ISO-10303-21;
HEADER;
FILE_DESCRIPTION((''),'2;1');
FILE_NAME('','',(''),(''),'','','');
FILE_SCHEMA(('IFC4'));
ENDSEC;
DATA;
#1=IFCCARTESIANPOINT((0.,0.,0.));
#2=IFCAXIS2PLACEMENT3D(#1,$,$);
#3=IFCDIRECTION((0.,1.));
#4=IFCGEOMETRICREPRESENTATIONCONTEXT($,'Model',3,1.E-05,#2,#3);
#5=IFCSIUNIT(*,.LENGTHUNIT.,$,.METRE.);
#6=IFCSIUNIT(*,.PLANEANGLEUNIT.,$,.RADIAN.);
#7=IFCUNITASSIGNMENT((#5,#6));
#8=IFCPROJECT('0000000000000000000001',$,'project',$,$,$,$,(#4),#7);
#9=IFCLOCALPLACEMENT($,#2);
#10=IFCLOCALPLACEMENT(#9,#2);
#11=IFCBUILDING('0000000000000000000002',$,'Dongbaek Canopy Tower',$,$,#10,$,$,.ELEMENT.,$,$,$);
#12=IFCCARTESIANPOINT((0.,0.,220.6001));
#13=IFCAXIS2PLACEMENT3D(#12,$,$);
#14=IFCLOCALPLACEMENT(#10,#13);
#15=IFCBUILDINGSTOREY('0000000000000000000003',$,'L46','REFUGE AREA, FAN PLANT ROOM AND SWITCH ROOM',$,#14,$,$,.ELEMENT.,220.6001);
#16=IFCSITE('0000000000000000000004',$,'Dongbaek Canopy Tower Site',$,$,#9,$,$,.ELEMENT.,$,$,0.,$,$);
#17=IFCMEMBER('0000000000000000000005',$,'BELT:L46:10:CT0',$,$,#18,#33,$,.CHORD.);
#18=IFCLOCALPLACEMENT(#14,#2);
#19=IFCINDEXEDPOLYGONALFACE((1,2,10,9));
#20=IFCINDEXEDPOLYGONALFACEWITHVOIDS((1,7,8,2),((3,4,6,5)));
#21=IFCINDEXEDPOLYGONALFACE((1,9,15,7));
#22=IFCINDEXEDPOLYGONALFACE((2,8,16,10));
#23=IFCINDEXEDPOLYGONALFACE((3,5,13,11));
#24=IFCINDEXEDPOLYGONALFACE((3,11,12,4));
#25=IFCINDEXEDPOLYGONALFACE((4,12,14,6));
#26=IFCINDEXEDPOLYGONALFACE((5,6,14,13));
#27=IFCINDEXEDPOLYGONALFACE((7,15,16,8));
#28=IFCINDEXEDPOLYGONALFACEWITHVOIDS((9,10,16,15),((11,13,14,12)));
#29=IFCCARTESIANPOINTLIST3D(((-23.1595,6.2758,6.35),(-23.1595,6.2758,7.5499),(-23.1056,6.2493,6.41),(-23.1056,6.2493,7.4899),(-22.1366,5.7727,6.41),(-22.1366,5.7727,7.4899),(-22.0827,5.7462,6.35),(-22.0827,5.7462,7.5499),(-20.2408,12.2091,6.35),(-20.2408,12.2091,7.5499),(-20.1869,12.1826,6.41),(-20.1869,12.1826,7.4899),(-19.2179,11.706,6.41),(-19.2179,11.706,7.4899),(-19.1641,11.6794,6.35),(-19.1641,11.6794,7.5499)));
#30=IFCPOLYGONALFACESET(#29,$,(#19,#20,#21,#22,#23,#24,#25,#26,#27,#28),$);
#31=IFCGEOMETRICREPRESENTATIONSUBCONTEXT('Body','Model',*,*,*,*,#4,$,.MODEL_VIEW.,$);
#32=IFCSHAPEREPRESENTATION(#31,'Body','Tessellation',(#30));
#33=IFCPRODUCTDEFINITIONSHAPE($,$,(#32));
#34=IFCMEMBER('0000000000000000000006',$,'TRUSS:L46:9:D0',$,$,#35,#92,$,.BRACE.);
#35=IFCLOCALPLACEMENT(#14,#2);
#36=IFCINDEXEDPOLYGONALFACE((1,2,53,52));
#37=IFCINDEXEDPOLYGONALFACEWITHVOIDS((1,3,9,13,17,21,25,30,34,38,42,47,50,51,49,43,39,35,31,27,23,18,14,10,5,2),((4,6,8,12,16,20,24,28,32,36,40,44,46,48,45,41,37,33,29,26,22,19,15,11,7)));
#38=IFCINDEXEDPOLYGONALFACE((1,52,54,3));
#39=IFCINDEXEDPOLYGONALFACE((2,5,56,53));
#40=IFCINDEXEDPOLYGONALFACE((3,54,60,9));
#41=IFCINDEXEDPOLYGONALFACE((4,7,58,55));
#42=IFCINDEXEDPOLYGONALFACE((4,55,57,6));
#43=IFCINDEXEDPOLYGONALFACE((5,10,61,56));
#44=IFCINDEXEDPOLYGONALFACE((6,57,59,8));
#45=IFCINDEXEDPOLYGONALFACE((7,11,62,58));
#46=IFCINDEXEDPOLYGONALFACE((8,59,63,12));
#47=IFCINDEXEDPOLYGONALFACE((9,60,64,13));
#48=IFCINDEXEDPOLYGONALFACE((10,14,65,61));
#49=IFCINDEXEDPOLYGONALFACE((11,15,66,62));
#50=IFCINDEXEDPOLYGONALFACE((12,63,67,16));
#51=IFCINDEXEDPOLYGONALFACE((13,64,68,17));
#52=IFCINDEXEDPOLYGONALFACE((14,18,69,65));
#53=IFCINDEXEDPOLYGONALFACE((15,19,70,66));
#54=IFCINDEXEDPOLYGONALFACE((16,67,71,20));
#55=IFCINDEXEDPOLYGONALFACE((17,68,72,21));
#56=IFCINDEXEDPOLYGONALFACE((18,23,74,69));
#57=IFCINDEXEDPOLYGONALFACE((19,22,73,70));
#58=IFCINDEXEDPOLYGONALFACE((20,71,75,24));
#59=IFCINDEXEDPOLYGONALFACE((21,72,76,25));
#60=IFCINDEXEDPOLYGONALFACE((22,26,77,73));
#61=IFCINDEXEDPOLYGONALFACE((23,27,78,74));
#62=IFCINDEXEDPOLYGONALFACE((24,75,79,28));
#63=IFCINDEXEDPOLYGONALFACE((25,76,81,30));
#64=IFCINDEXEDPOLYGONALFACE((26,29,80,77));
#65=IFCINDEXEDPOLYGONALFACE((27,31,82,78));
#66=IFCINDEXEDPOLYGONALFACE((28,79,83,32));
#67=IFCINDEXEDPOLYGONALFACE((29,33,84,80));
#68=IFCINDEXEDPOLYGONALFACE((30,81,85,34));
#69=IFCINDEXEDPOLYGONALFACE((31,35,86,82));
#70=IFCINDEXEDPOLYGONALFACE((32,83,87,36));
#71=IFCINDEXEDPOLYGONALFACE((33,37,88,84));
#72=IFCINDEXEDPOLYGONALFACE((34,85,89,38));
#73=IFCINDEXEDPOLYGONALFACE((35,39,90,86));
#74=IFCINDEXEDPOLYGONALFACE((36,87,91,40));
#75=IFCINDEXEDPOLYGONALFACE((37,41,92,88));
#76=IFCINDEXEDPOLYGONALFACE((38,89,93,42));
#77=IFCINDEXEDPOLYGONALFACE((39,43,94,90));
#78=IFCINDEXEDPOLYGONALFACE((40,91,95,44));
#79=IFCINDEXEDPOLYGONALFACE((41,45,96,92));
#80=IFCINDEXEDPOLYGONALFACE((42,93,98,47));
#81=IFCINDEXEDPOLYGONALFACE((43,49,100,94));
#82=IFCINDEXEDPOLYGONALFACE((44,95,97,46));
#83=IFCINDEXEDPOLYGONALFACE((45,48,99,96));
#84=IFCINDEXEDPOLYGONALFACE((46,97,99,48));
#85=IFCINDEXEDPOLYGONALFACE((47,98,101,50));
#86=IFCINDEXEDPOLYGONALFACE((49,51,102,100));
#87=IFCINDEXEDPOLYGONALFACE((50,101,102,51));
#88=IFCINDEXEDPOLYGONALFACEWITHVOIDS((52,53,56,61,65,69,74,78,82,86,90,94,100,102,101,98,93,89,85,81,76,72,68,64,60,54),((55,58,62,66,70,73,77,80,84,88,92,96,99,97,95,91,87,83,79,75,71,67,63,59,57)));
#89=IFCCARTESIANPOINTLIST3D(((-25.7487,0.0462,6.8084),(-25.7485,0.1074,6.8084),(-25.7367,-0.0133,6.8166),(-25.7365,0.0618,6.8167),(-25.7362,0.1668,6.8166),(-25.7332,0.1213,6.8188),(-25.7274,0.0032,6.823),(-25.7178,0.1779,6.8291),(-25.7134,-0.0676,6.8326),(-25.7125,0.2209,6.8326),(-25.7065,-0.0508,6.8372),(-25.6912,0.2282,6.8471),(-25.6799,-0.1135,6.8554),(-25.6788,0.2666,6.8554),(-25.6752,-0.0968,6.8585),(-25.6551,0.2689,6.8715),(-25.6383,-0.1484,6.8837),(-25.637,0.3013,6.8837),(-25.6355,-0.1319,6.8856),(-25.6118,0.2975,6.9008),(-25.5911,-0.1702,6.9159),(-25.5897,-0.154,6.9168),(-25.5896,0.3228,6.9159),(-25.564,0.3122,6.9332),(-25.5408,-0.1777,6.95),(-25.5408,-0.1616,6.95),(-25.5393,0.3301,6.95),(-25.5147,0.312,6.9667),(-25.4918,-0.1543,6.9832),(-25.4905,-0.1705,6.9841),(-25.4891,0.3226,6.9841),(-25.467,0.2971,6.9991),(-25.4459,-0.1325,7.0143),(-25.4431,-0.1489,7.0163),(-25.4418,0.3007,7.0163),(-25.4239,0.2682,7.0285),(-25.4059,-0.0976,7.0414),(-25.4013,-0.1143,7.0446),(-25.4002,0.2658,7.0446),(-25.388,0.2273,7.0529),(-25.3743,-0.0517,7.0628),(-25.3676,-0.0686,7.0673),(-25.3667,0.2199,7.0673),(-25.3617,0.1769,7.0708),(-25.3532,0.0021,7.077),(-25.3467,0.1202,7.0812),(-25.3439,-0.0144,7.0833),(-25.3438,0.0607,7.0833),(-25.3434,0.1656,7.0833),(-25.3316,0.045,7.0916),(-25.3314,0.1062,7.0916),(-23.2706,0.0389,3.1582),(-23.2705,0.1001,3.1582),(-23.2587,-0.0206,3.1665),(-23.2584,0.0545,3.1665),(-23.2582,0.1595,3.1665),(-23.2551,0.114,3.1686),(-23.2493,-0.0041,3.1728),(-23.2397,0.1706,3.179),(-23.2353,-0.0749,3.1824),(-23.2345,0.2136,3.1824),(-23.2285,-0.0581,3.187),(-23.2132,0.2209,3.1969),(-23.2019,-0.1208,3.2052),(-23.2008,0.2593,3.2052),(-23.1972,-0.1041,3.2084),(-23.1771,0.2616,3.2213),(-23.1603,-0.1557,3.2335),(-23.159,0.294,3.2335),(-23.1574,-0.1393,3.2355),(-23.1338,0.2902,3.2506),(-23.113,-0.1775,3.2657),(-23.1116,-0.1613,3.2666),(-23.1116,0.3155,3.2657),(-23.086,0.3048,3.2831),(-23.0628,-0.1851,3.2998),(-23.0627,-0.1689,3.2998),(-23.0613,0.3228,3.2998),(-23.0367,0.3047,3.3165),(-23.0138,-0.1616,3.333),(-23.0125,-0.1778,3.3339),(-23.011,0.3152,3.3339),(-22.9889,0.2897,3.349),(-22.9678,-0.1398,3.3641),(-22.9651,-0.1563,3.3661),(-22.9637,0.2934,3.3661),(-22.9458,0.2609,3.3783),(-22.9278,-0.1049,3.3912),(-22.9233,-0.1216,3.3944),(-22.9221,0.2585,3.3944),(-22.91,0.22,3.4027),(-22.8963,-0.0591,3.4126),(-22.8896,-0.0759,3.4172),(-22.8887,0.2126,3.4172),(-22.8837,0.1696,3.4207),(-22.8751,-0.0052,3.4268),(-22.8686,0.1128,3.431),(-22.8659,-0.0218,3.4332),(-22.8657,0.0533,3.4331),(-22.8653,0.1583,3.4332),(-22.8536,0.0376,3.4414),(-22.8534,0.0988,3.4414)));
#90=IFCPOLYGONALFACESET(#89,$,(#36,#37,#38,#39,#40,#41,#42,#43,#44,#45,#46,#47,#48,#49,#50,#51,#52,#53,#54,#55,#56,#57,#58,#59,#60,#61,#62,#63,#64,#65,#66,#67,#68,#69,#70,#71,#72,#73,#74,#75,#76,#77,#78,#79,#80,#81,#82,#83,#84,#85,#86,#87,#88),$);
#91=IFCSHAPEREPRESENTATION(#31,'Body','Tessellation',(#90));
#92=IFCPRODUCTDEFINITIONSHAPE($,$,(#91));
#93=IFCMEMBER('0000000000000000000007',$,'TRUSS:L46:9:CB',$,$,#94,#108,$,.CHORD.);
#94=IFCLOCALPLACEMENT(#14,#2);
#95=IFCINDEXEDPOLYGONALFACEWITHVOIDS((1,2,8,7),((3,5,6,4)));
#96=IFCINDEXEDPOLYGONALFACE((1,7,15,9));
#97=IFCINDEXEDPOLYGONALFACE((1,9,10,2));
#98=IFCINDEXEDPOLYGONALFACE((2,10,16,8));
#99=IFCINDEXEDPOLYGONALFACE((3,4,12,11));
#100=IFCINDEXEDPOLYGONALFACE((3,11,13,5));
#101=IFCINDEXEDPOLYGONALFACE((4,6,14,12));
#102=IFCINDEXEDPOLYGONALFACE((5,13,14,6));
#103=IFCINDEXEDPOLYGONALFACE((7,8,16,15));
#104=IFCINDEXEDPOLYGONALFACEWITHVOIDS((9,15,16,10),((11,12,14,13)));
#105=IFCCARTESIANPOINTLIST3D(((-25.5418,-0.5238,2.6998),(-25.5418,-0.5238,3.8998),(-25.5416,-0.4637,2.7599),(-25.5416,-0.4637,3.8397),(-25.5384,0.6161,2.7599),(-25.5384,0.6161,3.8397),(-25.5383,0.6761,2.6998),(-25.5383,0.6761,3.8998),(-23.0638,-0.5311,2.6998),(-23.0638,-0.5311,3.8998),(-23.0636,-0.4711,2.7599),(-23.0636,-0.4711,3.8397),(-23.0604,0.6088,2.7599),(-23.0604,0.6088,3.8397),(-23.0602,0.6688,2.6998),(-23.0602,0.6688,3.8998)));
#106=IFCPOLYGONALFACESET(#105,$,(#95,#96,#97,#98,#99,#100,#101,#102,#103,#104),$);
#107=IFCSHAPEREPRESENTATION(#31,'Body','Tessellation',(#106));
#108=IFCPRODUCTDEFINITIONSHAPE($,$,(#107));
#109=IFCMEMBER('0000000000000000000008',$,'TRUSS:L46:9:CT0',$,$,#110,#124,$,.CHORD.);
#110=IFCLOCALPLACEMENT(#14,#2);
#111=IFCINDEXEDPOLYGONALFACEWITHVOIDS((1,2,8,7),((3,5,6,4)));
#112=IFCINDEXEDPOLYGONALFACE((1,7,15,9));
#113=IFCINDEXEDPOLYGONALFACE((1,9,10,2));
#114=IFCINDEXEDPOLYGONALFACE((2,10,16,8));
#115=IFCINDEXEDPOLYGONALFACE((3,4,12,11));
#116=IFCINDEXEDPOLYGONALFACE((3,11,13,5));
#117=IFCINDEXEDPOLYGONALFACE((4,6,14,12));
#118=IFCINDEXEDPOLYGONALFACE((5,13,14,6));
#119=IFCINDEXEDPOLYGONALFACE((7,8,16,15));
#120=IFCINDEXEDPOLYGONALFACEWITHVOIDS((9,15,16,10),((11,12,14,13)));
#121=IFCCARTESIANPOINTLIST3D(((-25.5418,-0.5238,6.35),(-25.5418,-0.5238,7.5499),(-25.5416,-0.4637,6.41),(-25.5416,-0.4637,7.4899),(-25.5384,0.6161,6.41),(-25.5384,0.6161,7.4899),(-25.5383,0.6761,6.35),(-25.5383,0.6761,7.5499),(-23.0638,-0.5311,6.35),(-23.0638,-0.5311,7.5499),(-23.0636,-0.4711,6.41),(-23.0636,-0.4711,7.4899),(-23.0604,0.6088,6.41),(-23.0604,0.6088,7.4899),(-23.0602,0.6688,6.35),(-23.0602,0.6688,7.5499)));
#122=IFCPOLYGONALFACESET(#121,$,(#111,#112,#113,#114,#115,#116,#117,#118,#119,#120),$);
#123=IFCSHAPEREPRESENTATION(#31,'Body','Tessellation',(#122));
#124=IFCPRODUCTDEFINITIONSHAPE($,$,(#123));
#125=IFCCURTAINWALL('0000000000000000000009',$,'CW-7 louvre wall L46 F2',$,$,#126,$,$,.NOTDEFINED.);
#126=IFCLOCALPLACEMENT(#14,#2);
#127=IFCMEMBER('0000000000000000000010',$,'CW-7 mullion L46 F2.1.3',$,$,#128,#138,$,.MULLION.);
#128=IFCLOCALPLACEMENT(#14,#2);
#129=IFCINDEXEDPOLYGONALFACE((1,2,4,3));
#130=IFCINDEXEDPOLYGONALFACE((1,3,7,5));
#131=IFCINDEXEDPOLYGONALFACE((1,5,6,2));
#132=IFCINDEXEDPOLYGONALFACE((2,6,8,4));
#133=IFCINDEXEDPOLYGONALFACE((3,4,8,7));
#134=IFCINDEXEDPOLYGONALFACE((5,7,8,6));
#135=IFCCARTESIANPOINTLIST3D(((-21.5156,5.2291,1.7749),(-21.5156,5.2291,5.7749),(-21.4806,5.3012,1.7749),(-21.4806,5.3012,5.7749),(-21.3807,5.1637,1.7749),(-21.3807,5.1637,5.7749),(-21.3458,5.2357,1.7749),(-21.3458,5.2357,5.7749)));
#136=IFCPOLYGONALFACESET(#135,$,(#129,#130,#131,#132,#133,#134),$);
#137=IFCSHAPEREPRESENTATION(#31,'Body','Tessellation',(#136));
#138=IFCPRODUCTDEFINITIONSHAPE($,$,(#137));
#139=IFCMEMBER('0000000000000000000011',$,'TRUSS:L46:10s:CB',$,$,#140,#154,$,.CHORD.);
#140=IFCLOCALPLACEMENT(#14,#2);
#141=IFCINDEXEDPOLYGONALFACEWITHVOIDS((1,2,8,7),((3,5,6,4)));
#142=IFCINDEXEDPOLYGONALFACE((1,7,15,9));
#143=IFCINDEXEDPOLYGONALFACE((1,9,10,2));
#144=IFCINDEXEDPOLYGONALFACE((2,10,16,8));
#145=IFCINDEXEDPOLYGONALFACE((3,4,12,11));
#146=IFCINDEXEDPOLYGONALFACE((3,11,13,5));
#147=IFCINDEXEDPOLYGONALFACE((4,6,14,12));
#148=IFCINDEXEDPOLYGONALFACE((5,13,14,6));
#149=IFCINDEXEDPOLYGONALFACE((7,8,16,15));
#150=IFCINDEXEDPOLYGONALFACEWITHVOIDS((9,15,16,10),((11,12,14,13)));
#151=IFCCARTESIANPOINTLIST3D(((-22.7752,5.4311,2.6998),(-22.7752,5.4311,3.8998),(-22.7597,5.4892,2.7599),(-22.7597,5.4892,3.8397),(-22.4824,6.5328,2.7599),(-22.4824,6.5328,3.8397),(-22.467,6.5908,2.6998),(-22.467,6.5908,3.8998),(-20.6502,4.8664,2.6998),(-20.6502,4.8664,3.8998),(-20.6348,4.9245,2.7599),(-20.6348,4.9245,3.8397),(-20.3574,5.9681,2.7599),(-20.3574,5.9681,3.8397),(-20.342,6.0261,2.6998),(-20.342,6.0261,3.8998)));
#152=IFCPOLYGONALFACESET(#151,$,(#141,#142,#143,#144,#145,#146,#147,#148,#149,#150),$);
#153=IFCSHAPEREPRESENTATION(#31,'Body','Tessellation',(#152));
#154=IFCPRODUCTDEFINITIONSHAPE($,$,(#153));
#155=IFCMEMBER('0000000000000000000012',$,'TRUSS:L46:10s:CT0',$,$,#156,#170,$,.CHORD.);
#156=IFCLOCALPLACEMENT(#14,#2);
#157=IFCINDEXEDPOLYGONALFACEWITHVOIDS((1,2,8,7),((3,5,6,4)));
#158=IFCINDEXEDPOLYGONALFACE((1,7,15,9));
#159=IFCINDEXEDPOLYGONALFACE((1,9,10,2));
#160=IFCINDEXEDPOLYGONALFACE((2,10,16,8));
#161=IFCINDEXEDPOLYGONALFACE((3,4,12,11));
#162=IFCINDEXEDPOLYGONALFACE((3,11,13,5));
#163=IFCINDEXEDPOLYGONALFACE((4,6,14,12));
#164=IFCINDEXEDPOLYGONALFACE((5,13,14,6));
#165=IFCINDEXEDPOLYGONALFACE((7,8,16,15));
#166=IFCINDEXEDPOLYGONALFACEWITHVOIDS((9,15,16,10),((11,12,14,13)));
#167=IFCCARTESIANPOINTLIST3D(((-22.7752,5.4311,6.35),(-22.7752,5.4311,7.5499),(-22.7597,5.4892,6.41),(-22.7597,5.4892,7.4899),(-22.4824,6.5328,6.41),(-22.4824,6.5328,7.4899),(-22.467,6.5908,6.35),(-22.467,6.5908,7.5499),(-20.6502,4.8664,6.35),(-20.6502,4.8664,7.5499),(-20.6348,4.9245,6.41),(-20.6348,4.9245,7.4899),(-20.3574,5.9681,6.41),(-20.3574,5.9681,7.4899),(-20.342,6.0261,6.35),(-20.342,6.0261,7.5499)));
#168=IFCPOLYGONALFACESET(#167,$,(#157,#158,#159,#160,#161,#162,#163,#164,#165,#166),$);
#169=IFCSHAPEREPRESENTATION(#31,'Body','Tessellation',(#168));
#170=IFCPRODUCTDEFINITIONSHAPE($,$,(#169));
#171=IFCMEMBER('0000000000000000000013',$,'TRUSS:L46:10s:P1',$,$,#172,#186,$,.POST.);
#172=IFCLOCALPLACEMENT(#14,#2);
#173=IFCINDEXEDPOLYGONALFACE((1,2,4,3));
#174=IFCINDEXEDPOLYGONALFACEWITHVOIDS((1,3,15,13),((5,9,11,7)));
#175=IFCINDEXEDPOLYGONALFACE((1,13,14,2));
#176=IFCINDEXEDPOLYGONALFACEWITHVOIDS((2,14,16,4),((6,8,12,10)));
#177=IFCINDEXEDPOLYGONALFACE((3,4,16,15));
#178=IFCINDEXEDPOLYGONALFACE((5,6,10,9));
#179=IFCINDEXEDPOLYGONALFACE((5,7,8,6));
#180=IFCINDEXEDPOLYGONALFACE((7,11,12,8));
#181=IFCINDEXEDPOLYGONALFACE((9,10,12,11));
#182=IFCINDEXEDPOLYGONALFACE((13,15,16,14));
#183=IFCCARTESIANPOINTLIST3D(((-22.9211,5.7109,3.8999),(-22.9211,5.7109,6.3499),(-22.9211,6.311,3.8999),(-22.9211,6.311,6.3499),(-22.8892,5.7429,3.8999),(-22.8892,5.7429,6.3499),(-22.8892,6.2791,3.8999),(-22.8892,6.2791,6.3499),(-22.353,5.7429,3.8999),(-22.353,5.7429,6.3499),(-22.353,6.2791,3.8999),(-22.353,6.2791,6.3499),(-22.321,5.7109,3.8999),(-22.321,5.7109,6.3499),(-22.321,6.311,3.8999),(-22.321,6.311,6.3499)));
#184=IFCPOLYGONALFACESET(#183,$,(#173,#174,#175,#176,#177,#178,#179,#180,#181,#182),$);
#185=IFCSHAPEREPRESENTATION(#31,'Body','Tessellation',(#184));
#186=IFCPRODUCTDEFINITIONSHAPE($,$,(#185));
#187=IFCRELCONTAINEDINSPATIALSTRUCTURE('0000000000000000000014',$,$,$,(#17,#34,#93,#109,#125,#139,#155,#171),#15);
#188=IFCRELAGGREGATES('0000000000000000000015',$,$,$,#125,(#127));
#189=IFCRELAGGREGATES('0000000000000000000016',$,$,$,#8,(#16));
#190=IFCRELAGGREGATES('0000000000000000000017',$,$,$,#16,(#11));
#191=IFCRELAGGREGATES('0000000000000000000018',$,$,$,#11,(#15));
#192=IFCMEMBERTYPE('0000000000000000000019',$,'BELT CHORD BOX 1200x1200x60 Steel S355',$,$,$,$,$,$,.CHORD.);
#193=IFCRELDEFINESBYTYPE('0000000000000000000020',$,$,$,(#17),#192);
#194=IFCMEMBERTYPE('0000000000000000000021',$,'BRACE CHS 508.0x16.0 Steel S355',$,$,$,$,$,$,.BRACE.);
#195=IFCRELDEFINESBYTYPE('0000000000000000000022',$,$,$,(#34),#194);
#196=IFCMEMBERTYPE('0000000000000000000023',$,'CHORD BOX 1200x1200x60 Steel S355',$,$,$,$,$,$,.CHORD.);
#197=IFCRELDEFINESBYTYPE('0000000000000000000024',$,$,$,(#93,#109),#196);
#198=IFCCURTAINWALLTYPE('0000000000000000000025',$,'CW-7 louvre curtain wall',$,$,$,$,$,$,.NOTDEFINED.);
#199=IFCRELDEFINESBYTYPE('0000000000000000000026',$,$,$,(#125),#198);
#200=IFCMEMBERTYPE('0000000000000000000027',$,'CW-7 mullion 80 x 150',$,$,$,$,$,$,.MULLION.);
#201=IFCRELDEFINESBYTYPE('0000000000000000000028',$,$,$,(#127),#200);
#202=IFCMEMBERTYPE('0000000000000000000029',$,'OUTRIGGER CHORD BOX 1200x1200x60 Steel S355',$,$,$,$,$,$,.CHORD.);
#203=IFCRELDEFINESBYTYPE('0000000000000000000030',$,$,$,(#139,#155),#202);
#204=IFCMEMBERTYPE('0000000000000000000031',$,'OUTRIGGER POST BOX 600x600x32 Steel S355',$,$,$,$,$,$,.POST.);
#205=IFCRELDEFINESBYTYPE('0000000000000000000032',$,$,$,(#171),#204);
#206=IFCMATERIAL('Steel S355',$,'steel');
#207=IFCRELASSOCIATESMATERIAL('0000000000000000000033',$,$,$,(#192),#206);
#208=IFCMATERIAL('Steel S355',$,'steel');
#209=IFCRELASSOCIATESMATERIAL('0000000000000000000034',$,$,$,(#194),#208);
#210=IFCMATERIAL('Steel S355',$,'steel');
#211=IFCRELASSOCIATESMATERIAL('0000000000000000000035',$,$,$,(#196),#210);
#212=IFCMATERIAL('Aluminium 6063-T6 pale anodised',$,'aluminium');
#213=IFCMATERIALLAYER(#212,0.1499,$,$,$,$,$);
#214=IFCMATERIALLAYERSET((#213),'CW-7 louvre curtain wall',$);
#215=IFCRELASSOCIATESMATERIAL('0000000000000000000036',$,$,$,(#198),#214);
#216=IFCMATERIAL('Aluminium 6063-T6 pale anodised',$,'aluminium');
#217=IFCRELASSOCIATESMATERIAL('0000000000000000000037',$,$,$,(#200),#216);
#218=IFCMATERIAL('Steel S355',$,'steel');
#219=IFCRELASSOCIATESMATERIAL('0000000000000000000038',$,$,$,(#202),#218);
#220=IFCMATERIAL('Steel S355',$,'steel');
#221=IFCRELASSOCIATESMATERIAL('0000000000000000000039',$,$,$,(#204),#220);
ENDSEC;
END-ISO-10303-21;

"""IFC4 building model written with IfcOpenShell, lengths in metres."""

from ifc_helpers import new_model, si_unit, direction, frame, origin, origin_2d, place, context, subcontext, project, spatial, rectangle, hollow_rectangle, hollow_circle, extrude, material, layer, layer_set, material_profile, profile_set, type_object, element, aggregate, save


model = new_model("IFC4")

# Units and contexts
model_context = context("Model", 3, precision=1e-05, world=origin(), true_north=direction((0.0, 1.0)))
body_context = subcontext(model_context, "Body", "Model", "MODEL_VIEW")
ifc_project = project(units=[si_unit("LENGTHUNIT", "METRE"), si_unit("PLANEANGLEUNIT", "RADIAN")], contexts=[model_context])

# Site, building, storey
site_placement = place(None, origin())
site = spatial("IfcSite", under=ifc_project, at=site_placement, Name="Dongbaek Canopy Tower Site", CompositionType="ELEMENT", RefElevation=0.0)
building_placement = place(site_placement, origin())
building = spatial("IfcBuilding", under=site, at=building_placement, Name="Dongbaek Canopy Tower", CompositionType="ELEMENT")
storey_placement = place(building_placement, frame((0.0, 0.0, 220.6001)))
storey = spatial("IfcBuildingStorey", under=building, at=storey_placement, Name="L46", Description="REFUGE AREA, FAN PLANT ROOM AND SWITCH ROOM", CompositionType="ELEMENT", Elevation=220.6001)

# Members
ifc_material_1 = material(Name="Steel S355", Category="steel")
ifc_material_profile_1 = material_profile(ifc_material_1, hollow_rectangle(XDim=1.2, YDim=1.2, WallThickness=0.0601, at=origin_2d()), Name="BELT CHORD BOX 1200x1200x60 Steel S355")
ifc_profile_set_1 = profile_set([ifc_material_profile_1], Name="Steel S355")
member_type_1 = type_object("IfcMemberType", Name="BELT CHORD BOX 1200x1200x60 Steel S355", PredefinedType="CHORD", material=ifc_profile_set_1)
for number, where, z_axis, x_axis, name in (
    (1, (-22.6211, 6.011, 6.95), (0.4414, 0.89731, 0.0), (-0.89731, 0.4414, 0.0), "BELT:L46:10:CT0"),
):
    element("IfcMember", number, at=place(storey_placement, frame(where, z_axis=z_axis, x_axis=x_axis)), inside=storey, type_object=member_type_1, Name=name, PredefinedType="CHORD", context=body_context, shape_type="SweptSolid", body=[
        extrude(hollow_rectangle(XDim=1.2, YDim=1.2, WallThickness=0.0601, at=origin_2d()), origin(), (0.0, 0.0, 1.0), 6.6123),
    ])
ifc_material_2 = material(Name="Steel S355", Category="steel")
ifc_material_profile_2 = material_profile(ifc_material_2, hollow_circle(Radius=0.2539, WallThickness=0.0161, at=origin_2d()), Name="BRACE CHS 508.0x16.0 Steel S355")
ifc_profile_set_2 = profile_set([ifc_material_profile_2], Name="Steel S355")
member_type_2 = type_object("IfcMemberType", Name="BRACE CHS 508.0x16.0 Steel S355", PredefinedType="BRACE", material=ifc_profile_set_2)
member_1_placement = place(storey_placement, frame((-23.062, 0.0688, 3.2998), z_axis=(-0.561678, 0.00166, 0.827354), x_axis=(-0.002956, -0.999996, 0.0)))
element("IfcMember", 2, at=member_1_placement, inside=storey, type_object=member_type_2, Name="TRUSS:L46:9:D0", PredefinedType="BRACE", context=body_context, shape_type="SweptSolid", body=[
    extrude(hollow_circle(Radius=0.2539, WallThickness=0.0161, at=origin_2d()), origin(), (0.0, 0.0, 1.0), 4.4119),
])
ifc_material_3 = material(Name="Steel S355", Category="steel")
ifc_material_profile_3 = material_profile(ifc_material_3, hollow_rectangle(XDim=1.2, YDim=1.2, WallThickness=0.0601, at=origin_2d()), Name="CHORD BOX 1200x1200x60 Steel S355")
ifc_profile_set_3 = profile_set([ifc_material_profile_3], Name="Steel S355")
member_type_3 = type_object("IfcMemberType", Name="CHORD BOX 1200x1200x60 Steel S355", PredefinedType="CHORD", material=ifc_profile_set_3)
for number, where, z_axis, x_axis, name in (
    (3, (-23.062, 0.0688, 3.2998), (-0.999996, 0.002956, 0.0), (-0.002956, -0.999996, 0.0), "TRUSS:L46:9:CB"),
    (4, (-23.062, 0.0688, 6.95), (-0.999996, 0.002956, 0.0), (-0.002956, -0.999996, 0.0), "TRUSS:L46:9:CT0"),
):
    element("IfcMember", number, at=place(storey_placement, frame(where, z_axis=z_axis, x_axis=x_axis)), inside=storey, type_object=member_type_3, Name=name, PredefinedType="CHORD", context=body_context, shape_type="SweptSolid", body=[
        extrude(hollow_rectangle(XDim=1.2, YDim=1.2, WallThickness=0.0601, at=origin_2d()), origin(), (0.0, 0.0, 1.0), 2.478),
    ])

# Curtain wall, member
ifc_material_4 = material(Name="Aluminium 6063-T6 pale anodised", Category="aluminium")
ifc_layer_1 = layer(ifc_material_4, 0.1499)
ifc_layer_set_1 = layer_set([ifc_layer_1], Name="CW-7 louvre curtain wall")
curtain_wall_type = type_object("IfcCurtainWallType", Name="CW-7 louvre curtain wall", PredefinedType="NOTDEFINED", material=ifc_layer_set_1)
curtain_wall_placement = place(storey_placement, origin())
curtain_wall = element("IfcCurtainWall", 5, at=curtain_wall_placement, inside=storey, type_object=curtain_wall_type, Name="CW-7 louvre wall L46 F2", PredefinedType="NOTDEFINED")
ifc_material_5 = material(Name="Aluminium 6063-T6 pale anodised", Category="aluminium")
ifc_material_profile_4 = material_profile(ifc_material_5, rectangle(XDim=0.1499, YDim=0.0801, at=origin_2d()), Name="CW-7 mullion 80 x 150")
ifc_profile_set_4 = profile_set([ifc_material_profile_4], Name="Aluminium 6063-T6 pale anodised")
member_type_4 = type_object("IfcMemberType", Name="CW-7 mullion 80 x 150", PredefinedType="MULLION", material=ifc_profile_set_4)
member_2_placement = place(storey_placement, frame((-21.4307, 5.2324, 1.7749), z_axis=(0.0, 0.0, 1.0), x_axis=(-0.899575, 0.436767, 0.0)))
member_2 = element("IfcMember", 6, at=member_2_placement, type_object=member_type_4, Name="CW-7 mullion L46 F2.1.3", PredefinedType="MULLION", context=body_context, shape_type="SweptSolid", body=[
    extrude(rectangle(XDim=0.1499, YDim=0.0801, at=origin_2d()), origin(), (0.0, 0.0, 1.0), 4.0),
])

# Members
ifc_material_6 = material(Name="Steel S355", Category="steel")
ifc_material_profile_5 = material_profile(ifc_material_6, hollow_rectangle(XDim=1.2, YDim=1.2, WallThickness=0.0601, at=origin_2d()), Name="OUTRIGGER CHORD BOX 1200x1200x60 Steel S355")
ifc_profile_set_5 = profile_set([ifc_material_profile_5], Name="Steel S355")
member_type_5 = type_object("IfcMemberType", Name="OUTRIGGER CHORD BOX 1200x1200x60 Steel S355", PredefinedType="CHORD", material=ifc_profile_set_5)
for number, where, z_axis, x_axis, name in (
    (7, (-20.4961, 5.4463, 3.2998), (-0.966458, 0.256826, 0.0), (-0.256826, -0.966458, 0.0), "TRUSS:L46:10s:CB"),
    (8, (-20.4961, 5.4463, 6.95), (-0.966458, 0.256826, 0.0), (-0.256826, -0.966458, 0.0), "TRUSS:L46:10s:CT0"),
):
    element("IfcMember", number, at=place(storey_placement, frame(where, z_axis=z_axis, x_axis=x_axis)), inside=storey, type_object=member_type_5, Name=name, PredefinedType="CHORD", context=body_context, shape_type="SweptSolid", body=[
        extrude(hollow_rectangle(XDim=1.2, YDim=1.2, WallThickness=0.0601, at=origin_2d()), origin(), (0.0, 0.0, 1.0), 2.1987),
    ])
ifc_material_7 = material(Name="Steel S355", Category="steel")
ifc_material_profile_6 = material_profile(ifc_material_7, hollow_rectangle(XDim=0.6001, YDim=0.6001, WallThickness=0.032, at=origin_2d()), Name="OUTRIGGER POST BOX 600x600x32 Steel S355")
ifc_profile_set_6 = profile_set([ifc_material_profile_6], Name="Steel S355")
member_type_6 = type_object("IfcMemberType", Name="OUTRIGGER POST BOX 600x600x32 Steel S355", PredefinedType="POST", material=ifc_profile_set_6)
member_3_placement = place(storey_placement, frame((-22.6211, 6.011, 3.8999), z_axis=(0.0, 0.0, 1.0), x_axis=(1.0, 0.0, 0.0)))
element("IfcMember", 9, at=member_3_placement, inside=storey, type_object=member_type_6, Name="TRUSS:L46:10s:P1", PredefinedType="POST", context=body_context, shape_type="SweptSolid", body=[
    extrude(hollow_rectangle(XDim=0.6001, YDim=0.6001, WallThickness=0.032, at=origin_2d()), origin(), (0.0, 0.0, 1.0), 2.45),
])

aggregate(curtain_wall, [member_2])

save(model, "model.ifc")
